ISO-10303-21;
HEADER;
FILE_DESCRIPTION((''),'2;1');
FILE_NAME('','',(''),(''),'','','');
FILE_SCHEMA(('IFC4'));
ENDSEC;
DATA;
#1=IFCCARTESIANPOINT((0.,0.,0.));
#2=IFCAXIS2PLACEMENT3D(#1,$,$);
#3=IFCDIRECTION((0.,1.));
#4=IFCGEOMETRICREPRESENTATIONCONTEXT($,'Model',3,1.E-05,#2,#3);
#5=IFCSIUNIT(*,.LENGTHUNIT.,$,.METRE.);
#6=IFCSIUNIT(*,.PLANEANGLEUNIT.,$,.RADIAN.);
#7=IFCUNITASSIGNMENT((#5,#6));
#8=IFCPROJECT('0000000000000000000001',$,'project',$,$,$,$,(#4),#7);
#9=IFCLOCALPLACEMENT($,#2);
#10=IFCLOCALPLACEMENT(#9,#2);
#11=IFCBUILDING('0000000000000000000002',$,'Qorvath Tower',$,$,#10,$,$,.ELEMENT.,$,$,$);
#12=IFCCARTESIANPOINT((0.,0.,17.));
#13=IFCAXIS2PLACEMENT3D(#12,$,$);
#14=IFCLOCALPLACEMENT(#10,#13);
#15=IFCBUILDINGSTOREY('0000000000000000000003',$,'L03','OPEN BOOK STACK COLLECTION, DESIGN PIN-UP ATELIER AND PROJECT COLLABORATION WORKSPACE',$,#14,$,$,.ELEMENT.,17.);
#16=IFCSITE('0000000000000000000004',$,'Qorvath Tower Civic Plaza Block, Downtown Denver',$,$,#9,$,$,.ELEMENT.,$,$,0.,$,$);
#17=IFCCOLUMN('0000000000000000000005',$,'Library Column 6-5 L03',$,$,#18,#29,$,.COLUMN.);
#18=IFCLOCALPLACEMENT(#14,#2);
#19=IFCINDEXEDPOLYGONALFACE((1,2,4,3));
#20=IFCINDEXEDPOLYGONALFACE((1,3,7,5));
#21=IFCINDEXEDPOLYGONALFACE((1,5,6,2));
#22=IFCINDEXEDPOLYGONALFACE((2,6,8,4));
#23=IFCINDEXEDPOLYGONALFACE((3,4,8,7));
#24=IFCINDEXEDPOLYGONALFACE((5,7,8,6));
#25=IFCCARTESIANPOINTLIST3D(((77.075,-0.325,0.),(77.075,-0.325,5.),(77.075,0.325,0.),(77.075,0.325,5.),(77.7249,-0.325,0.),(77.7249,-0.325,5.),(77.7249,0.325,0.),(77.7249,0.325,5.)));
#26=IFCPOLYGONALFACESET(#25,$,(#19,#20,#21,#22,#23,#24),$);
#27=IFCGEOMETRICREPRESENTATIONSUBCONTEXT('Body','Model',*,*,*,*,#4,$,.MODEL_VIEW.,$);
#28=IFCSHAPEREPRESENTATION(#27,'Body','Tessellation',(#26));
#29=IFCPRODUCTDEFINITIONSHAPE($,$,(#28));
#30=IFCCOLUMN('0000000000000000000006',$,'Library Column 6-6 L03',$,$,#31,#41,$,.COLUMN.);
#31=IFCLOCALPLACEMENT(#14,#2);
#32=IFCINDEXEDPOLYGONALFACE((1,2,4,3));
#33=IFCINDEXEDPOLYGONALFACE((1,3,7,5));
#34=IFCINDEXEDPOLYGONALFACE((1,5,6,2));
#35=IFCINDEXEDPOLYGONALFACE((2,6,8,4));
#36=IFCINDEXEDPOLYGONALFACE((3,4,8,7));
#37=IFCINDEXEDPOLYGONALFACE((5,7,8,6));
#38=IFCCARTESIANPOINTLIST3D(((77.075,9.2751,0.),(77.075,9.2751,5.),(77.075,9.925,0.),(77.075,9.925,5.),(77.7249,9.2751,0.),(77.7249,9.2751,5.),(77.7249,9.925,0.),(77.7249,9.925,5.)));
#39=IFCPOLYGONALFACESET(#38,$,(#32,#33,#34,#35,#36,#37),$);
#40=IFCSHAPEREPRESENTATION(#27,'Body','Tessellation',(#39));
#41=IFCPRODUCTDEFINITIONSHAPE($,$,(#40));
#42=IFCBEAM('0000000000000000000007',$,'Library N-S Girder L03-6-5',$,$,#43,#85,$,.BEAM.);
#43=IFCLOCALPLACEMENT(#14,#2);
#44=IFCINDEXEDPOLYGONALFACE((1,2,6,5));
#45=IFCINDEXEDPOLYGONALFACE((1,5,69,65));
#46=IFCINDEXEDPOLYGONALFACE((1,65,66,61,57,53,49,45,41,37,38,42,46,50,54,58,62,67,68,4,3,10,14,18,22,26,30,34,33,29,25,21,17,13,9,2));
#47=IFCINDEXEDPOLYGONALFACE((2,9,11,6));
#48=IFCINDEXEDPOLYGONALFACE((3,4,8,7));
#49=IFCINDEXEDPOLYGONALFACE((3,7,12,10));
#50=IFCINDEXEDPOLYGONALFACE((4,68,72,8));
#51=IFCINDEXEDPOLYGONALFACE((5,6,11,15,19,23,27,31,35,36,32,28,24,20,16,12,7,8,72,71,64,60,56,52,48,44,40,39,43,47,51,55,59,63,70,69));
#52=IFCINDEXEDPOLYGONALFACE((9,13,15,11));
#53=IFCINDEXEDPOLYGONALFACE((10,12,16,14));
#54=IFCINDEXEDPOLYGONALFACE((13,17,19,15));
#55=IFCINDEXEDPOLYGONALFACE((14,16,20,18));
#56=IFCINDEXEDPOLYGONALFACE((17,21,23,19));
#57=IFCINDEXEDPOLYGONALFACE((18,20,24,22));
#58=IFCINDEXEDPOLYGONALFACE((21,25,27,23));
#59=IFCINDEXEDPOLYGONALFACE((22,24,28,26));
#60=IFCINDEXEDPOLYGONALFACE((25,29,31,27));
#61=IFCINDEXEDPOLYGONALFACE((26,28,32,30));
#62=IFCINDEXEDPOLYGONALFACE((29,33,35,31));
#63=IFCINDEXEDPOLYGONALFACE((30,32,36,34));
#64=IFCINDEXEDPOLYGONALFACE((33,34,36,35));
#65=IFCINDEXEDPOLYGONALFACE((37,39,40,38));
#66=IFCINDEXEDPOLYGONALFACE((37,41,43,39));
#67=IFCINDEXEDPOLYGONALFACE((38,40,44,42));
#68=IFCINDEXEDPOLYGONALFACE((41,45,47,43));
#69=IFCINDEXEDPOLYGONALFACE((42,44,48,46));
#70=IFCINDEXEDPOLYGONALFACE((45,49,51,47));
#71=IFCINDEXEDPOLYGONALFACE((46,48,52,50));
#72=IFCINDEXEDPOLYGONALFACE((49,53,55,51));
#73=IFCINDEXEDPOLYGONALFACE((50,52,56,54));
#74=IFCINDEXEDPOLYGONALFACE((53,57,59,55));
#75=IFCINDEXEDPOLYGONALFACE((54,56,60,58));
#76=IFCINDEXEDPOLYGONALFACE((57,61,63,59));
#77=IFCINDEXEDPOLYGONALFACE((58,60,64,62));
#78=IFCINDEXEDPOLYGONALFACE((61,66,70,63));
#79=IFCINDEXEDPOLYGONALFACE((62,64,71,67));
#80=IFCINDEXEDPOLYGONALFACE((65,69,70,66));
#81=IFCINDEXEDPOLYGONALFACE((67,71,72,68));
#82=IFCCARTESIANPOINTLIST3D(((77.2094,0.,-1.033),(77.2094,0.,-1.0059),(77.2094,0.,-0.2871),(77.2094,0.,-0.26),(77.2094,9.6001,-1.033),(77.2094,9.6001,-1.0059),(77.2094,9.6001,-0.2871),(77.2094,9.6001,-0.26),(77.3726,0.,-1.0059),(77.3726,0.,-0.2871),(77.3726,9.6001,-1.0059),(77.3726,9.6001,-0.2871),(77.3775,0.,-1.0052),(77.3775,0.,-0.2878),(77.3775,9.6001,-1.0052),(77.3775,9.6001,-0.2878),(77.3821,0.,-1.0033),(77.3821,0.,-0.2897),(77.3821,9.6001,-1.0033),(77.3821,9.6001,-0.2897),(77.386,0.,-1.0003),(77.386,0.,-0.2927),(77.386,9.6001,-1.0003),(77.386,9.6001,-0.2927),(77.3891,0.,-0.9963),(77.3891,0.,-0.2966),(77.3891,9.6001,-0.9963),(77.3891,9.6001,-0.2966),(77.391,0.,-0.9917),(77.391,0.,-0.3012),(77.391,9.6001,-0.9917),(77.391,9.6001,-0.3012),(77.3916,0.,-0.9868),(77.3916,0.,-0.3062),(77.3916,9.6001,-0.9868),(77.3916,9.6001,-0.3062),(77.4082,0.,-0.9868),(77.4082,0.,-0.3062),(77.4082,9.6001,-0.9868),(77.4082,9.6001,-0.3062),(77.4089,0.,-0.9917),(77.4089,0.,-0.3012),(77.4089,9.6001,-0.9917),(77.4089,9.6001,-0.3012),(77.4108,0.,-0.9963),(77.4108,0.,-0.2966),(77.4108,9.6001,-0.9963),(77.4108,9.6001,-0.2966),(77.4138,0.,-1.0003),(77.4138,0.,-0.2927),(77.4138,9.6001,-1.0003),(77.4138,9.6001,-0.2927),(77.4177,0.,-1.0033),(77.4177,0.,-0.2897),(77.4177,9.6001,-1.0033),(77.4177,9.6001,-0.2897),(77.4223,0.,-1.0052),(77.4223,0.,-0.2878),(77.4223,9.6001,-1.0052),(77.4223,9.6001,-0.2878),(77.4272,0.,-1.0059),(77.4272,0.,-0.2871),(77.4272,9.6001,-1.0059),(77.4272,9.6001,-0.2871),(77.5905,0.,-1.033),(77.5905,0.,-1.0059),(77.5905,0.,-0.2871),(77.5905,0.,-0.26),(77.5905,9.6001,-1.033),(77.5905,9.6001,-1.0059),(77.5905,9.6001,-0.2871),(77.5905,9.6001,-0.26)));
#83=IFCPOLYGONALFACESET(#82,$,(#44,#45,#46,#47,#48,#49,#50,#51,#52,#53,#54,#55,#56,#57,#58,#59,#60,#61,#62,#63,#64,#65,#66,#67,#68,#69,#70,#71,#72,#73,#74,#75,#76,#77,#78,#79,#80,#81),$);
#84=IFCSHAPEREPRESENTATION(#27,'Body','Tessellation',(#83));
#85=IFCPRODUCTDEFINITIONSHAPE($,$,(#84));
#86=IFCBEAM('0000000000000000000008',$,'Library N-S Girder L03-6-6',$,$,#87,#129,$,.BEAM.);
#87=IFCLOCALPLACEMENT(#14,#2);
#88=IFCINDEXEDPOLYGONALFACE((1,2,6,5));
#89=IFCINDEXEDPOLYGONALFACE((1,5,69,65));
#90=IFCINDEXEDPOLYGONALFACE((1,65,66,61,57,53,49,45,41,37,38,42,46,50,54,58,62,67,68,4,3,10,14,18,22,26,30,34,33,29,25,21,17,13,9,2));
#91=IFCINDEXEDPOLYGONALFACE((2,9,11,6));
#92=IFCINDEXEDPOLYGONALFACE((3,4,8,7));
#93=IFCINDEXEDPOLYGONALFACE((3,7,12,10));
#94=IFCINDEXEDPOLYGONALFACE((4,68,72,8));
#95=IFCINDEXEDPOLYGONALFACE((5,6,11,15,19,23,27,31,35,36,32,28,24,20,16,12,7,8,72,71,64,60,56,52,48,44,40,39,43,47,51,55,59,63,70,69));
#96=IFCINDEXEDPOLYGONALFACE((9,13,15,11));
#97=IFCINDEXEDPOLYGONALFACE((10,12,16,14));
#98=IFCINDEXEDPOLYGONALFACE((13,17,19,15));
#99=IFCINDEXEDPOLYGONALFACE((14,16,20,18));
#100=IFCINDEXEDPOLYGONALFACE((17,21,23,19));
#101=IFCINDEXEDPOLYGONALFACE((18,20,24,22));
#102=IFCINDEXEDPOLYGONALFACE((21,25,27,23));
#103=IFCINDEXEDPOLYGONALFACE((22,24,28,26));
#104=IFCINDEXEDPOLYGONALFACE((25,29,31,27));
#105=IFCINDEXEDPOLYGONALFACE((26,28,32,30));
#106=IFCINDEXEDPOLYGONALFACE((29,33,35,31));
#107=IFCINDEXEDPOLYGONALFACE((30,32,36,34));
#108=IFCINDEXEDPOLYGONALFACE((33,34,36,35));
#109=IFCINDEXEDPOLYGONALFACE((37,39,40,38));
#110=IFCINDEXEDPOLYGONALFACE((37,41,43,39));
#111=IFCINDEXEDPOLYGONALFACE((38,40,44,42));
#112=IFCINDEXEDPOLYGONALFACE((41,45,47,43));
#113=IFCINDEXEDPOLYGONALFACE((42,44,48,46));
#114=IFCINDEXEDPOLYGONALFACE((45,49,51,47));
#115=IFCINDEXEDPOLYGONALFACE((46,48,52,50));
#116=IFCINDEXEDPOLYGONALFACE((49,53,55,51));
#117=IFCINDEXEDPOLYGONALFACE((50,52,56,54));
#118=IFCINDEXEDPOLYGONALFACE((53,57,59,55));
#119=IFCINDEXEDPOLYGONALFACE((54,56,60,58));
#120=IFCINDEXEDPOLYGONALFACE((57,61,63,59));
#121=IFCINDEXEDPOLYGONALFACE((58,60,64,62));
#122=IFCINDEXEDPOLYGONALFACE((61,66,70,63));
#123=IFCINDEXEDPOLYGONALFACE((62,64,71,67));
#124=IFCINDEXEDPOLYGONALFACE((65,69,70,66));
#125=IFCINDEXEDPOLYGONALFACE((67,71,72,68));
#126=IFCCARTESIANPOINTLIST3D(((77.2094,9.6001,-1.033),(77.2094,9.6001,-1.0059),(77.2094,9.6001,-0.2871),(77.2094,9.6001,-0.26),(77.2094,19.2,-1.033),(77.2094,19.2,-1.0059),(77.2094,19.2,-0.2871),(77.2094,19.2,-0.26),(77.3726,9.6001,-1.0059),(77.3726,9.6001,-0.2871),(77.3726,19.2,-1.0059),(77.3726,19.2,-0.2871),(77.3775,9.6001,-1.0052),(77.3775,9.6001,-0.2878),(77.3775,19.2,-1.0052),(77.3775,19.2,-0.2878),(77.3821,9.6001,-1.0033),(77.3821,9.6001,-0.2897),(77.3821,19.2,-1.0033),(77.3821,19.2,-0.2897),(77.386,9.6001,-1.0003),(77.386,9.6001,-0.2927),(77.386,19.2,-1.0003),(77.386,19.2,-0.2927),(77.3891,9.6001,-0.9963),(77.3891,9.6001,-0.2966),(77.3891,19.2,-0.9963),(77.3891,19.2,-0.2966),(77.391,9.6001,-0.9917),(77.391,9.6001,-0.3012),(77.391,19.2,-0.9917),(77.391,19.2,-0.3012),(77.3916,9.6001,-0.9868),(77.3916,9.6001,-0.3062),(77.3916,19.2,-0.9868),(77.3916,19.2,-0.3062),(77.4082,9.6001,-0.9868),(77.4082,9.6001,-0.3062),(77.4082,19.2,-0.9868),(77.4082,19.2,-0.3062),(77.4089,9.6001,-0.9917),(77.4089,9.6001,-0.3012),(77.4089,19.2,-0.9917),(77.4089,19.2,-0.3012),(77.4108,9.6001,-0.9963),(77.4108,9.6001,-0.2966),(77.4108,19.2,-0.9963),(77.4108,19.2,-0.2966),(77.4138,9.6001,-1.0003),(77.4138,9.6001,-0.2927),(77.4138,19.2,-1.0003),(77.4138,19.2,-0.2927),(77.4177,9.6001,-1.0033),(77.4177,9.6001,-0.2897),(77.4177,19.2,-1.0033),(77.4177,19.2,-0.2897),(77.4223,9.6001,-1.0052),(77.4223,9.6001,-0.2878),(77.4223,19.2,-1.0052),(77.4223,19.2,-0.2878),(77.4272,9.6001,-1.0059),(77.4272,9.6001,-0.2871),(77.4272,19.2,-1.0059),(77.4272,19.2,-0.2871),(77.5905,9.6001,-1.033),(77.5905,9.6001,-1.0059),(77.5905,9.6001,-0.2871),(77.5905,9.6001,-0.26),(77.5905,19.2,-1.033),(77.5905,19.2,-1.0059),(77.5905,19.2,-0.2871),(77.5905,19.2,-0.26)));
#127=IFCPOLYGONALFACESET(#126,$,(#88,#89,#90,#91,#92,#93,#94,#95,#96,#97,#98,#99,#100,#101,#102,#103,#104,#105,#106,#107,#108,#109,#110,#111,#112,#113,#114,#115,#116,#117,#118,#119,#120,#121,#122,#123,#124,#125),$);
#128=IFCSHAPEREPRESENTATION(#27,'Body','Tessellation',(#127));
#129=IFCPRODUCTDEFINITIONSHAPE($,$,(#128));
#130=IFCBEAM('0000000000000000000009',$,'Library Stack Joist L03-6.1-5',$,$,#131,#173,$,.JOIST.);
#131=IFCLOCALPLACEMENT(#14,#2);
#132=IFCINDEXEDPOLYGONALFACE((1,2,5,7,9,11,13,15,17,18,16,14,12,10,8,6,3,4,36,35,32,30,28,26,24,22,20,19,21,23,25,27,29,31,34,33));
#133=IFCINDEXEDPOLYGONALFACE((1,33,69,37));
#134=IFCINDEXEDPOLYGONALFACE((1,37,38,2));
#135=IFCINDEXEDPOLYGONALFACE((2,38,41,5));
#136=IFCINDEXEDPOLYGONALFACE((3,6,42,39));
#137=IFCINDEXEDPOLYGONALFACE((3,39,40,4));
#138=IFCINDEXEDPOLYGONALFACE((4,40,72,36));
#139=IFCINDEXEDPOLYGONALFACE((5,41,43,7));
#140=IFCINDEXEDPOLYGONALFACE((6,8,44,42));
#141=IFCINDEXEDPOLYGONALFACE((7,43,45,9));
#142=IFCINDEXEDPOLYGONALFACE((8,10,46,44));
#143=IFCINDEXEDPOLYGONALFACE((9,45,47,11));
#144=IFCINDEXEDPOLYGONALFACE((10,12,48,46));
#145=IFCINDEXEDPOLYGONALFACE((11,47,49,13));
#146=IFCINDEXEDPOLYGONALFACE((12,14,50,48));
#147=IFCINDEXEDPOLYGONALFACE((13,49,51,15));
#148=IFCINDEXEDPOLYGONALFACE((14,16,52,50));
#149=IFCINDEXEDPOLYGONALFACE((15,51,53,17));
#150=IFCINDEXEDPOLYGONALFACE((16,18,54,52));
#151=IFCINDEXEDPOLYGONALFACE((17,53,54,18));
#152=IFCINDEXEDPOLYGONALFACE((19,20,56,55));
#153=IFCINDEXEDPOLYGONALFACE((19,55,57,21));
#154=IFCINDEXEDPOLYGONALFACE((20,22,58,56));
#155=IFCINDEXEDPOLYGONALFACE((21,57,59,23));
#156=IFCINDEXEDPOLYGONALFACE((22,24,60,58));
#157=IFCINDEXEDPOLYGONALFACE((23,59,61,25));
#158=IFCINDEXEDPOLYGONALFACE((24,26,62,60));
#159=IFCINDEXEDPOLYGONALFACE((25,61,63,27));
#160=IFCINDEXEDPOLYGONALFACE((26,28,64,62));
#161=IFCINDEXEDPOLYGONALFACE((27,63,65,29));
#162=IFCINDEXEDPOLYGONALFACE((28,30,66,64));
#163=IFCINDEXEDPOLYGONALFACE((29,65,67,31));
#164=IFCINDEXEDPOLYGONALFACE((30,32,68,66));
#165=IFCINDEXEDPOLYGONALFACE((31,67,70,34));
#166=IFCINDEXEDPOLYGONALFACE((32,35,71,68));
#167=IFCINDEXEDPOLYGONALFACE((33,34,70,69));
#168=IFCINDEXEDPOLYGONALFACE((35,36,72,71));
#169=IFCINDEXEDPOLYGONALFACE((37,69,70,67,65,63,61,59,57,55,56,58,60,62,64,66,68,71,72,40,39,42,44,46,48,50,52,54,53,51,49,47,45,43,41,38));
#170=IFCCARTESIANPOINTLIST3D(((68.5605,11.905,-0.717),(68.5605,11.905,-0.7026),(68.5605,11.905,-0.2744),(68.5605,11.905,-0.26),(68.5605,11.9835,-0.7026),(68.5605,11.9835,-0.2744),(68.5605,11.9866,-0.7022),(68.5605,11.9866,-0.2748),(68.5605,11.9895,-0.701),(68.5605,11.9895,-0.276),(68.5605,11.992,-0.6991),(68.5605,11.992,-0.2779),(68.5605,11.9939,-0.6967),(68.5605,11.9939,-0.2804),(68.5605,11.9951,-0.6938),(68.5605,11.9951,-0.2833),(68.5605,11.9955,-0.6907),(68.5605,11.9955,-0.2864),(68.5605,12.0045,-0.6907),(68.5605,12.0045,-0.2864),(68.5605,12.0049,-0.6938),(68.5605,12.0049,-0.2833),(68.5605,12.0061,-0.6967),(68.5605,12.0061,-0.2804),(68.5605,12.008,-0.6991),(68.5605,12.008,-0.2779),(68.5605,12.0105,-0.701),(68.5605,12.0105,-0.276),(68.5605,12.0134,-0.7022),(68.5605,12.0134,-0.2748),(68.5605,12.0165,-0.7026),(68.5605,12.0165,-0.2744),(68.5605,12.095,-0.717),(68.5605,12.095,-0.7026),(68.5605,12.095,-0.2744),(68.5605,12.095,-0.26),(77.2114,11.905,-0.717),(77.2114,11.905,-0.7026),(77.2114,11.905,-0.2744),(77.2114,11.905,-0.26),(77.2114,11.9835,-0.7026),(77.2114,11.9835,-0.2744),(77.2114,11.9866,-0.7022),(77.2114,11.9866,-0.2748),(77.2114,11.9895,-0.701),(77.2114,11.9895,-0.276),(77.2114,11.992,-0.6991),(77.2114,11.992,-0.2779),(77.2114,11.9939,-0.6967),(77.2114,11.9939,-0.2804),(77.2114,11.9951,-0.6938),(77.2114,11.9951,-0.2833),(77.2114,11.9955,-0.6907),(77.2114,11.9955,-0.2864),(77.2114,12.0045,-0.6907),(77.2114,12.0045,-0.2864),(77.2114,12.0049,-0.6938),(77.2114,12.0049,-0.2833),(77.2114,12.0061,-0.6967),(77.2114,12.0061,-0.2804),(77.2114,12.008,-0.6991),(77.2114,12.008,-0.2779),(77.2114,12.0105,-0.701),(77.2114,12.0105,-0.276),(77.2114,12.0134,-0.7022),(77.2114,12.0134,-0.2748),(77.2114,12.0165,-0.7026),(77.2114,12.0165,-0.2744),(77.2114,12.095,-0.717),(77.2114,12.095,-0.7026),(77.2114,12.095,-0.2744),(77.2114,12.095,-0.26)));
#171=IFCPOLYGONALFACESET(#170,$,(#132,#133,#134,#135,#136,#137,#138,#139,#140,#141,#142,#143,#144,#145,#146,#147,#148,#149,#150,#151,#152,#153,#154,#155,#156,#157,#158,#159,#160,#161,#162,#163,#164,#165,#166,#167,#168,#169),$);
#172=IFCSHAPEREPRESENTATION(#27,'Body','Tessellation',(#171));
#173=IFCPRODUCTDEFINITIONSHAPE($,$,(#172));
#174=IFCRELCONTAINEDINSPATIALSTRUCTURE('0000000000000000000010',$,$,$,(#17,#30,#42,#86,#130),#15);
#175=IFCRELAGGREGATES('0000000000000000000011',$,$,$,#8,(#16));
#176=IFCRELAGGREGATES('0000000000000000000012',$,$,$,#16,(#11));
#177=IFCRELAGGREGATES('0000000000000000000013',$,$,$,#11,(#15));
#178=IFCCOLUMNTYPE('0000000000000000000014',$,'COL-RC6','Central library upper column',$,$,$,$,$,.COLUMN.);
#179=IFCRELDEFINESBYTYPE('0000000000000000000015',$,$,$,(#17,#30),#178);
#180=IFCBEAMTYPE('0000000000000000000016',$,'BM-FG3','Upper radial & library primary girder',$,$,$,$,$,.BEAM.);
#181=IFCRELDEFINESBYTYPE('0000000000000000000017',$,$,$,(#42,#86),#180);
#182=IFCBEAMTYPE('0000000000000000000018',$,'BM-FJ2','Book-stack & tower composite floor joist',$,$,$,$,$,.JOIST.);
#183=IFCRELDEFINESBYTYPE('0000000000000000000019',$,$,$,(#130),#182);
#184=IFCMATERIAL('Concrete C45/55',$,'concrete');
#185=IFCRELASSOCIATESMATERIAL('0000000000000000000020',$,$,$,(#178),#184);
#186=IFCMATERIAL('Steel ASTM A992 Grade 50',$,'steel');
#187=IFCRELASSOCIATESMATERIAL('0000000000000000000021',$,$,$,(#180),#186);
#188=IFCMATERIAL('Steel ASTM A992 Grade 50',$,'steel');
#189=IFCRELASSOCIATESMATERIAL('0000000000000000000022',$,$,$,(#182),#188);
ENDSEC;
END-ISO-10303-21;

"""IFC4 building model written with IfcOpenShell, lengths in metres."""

from ifc_helpers import new_model, si_unit, direction, frame, origin, origin_2d, place, context, subcontext, project, spatial, rectangle, i_section, extrude, material, material_profile, profile_set, type_object, element, save


model = new_model("IFC4")

# Units and contexts
model_context = context("Model", 3, precision=1e-05, world=origin(), true_north=direction((0.0, 1.0)))
body_context = subcontext(model_context, "Body", "Model", "MODEL_VIEW")
ifc_project = project(units=[si_unit("LENGTHUNIT", "METRE"), si_unit("PLANEANGLEUNIT", "RADIAN")], contexts=[model_context])

# Site, building, storey
site_placement = place(None, origin())
site = spatial("IfcSite", under=ifc_project, at=site_placement, Name="Qorvath Tower Civic Plaza Block, Downtown Denver", CompositionType="ELEMENT", RefElevation=0.0)
building_placement = place(site_placement, origin())
building = spatial("IfcBuilding", under=site, at=building_placement, Name="Qorvath Tower", CompositionType="ELEMENT")
storey_placement = place(building_placement, frame((0.0, 0.0, 17.0)))
storey = spatial("IfcBuildingStorey", under=building, at=storey_placement, Name="L03", Description="OPEN BOOK STACK COLLECTION, DESIGN PIN-UP ATELIER AND PROJECT COLLABORATION WORKSPACE", CompositionType="ELEMENT", Elevation=17.0)

# Columns
ifc_material_1 = material(Name="Concrete C45/55", Category="concrete")
ifc_material_profile_1 = material_profile(ifc_material_1, rectangle(XDim=0.6499, YDim=0.6499, at=origin_2d()), Name="RC 650x650")
ifc_profile_set_1 = profile_set([ifc_material_profile_1], Name="Concrete C45/55")
column_type = type_object("IfcColumnType", Name="COL-RC6", Description="Central library upper column", PredefinedType="COLUMN", material=ifc_profile_set_1)
for number, where, z_axis, x_axis, name in (
    (1, (77.3999, 0.0, 0.0), (0.0, 0.0, 1.0), (1.0, 0.0, 0.0), "Library Column 6-5 L03"),
    (2, (77.3999, 9.6001, 0.0), (0.0, 0.0, 1.0), (1.0, 0.0, 0.0), "Library Column 6-6 L03"),
):
    element("IfcColumn", number, at=place(storey_placement, frame(where, z_axis=z_axis, x_axis=x_axis)), inside=storey, type_object=column_type, Name=name, PredefinedType="COLUMN", context=body_context, shape_type="SweptSolid", body=[
        extrude(rectangle(XDim=0.6499, YDim=0.6499, at=origin_2d()), origin(), (0.0, 0.0, 1.0), 5.0),
    ])

# Beams
ifc_material_2 = material(Name="Steel ASTM A992 Grade 50", Category="steel")
ifc_material_profile_2 = material_profile(ifc_material_2, i_section(OverallWidth=0.3811, OverallDepth=0.7729, WebThickness=0.0166, FlangeThickness=0.0271, FilletRadius=0.019, at=origin_2d()), Name="W30x173")
ifc_profile_set_2 = profile_set([ifc_material_profile_2], Name="Steel ASTM A992 Grade 50")
beam_type_1 = type_object("IfcBeamType", Name="BM-FG3", Description="Upper radial & library primary girder", PredefinedType="BEAM", material=ifc_profile_set_2)
beam_1_placement = place(storey_placement, frame((77.3999, 0.0, -0.6465), z_axis=(0.0, 1.0, 0.0), x_axis=(-1.0, 0.0, 0.0)))
element("IfcBeam", 3, at=beam_1_placement, inside=storey, type_object=beam_type_1, Name="Library N-S Girder L03-6-5", PredefinedType="BEAM", context=body_context, shape_type="SweptSolid", body=[
    extrude(i_section(OverallWidth=0.3811, OverallDepth=0.7729, WebThickness=0.0166, FlangeThickness=0.0271, FilletRadius=0.019, at=origin_2d()), origin(), (0.0, 0.0, 1.0), 9.6001),
])
beam_2_placement = place(storey_placement, frame((77.3999, 9.6001, -0.6465), z_axis=(0.0, 1.0, 0.0), x_axis=(-1.0, 0.0, 0.0)))
element("IfcBeam", 4, at=beam_2_placement, inside=storey, type_object=beam_type_1, Name="Library N-S Girder L03-6-6", PredefinedType="BEAM", context=body_context, shape_type="SweptSolid", body=[
    extrude(i_section(OverallWidth=0.3811, OverallDepth=0.7729, WebThickness=0.0166, FlangeThickness=0.0271, FilletRadius=0.019, at=origin_2d()), origin(), (0.0, 0.0, 1.0), 9.5999),
])
ifc_material_3 = material(Name="Steel ASTM A992 Grade 50", Category="steel")
ifc_material_profile_3 = material_profile(ifc_material_3, i_section(OverallWidth=0.1899, OverallDepth=0.457, WebThickness=0.009, FlangeThickness=0.0144, FilletRadius=0.012, at=origin_2d()), Name="W18x50")
ifc_profile_set_3 = profile_set([ifc_material_profile_3], Name="Steel ASTM A992 Grade 50")
beam_type_2 = type_object("IfcBeamType", Name="BM-FJ2", Description="Book-stack & tower composite floor joist", PredefinedType="JOIST", material=ifc_profile_set_3)
for number, where, z_axis, x_axis, name in (
    (5, (68.5605, 12.0, -0.4885), (1.0, 0.0, 0.0), (0.0, 1.0, 0.0), "Library Stack Joist L03-6.1-5"),
):
    element("IfcBeam", number, at=place(storey_placement, frame(where, z_axis=z_axis, x_axis=x_axis)), inside=storey, type_object=beam_type_2, Name=name, PredefinedType="JOIST", context=body_context, shape_type="SweptSolid", body=[
        extrude(i_section(OverallWidth=0.1899, OverallDepth=0.457, WebThickness=0.009, FlangeThickness=0.0144, FilletRadius=0.012, at=origin_2d()), origin(), (0.0, 0.0, 1.0), 8.6509),
    ])

save(model, "model.ifc")
